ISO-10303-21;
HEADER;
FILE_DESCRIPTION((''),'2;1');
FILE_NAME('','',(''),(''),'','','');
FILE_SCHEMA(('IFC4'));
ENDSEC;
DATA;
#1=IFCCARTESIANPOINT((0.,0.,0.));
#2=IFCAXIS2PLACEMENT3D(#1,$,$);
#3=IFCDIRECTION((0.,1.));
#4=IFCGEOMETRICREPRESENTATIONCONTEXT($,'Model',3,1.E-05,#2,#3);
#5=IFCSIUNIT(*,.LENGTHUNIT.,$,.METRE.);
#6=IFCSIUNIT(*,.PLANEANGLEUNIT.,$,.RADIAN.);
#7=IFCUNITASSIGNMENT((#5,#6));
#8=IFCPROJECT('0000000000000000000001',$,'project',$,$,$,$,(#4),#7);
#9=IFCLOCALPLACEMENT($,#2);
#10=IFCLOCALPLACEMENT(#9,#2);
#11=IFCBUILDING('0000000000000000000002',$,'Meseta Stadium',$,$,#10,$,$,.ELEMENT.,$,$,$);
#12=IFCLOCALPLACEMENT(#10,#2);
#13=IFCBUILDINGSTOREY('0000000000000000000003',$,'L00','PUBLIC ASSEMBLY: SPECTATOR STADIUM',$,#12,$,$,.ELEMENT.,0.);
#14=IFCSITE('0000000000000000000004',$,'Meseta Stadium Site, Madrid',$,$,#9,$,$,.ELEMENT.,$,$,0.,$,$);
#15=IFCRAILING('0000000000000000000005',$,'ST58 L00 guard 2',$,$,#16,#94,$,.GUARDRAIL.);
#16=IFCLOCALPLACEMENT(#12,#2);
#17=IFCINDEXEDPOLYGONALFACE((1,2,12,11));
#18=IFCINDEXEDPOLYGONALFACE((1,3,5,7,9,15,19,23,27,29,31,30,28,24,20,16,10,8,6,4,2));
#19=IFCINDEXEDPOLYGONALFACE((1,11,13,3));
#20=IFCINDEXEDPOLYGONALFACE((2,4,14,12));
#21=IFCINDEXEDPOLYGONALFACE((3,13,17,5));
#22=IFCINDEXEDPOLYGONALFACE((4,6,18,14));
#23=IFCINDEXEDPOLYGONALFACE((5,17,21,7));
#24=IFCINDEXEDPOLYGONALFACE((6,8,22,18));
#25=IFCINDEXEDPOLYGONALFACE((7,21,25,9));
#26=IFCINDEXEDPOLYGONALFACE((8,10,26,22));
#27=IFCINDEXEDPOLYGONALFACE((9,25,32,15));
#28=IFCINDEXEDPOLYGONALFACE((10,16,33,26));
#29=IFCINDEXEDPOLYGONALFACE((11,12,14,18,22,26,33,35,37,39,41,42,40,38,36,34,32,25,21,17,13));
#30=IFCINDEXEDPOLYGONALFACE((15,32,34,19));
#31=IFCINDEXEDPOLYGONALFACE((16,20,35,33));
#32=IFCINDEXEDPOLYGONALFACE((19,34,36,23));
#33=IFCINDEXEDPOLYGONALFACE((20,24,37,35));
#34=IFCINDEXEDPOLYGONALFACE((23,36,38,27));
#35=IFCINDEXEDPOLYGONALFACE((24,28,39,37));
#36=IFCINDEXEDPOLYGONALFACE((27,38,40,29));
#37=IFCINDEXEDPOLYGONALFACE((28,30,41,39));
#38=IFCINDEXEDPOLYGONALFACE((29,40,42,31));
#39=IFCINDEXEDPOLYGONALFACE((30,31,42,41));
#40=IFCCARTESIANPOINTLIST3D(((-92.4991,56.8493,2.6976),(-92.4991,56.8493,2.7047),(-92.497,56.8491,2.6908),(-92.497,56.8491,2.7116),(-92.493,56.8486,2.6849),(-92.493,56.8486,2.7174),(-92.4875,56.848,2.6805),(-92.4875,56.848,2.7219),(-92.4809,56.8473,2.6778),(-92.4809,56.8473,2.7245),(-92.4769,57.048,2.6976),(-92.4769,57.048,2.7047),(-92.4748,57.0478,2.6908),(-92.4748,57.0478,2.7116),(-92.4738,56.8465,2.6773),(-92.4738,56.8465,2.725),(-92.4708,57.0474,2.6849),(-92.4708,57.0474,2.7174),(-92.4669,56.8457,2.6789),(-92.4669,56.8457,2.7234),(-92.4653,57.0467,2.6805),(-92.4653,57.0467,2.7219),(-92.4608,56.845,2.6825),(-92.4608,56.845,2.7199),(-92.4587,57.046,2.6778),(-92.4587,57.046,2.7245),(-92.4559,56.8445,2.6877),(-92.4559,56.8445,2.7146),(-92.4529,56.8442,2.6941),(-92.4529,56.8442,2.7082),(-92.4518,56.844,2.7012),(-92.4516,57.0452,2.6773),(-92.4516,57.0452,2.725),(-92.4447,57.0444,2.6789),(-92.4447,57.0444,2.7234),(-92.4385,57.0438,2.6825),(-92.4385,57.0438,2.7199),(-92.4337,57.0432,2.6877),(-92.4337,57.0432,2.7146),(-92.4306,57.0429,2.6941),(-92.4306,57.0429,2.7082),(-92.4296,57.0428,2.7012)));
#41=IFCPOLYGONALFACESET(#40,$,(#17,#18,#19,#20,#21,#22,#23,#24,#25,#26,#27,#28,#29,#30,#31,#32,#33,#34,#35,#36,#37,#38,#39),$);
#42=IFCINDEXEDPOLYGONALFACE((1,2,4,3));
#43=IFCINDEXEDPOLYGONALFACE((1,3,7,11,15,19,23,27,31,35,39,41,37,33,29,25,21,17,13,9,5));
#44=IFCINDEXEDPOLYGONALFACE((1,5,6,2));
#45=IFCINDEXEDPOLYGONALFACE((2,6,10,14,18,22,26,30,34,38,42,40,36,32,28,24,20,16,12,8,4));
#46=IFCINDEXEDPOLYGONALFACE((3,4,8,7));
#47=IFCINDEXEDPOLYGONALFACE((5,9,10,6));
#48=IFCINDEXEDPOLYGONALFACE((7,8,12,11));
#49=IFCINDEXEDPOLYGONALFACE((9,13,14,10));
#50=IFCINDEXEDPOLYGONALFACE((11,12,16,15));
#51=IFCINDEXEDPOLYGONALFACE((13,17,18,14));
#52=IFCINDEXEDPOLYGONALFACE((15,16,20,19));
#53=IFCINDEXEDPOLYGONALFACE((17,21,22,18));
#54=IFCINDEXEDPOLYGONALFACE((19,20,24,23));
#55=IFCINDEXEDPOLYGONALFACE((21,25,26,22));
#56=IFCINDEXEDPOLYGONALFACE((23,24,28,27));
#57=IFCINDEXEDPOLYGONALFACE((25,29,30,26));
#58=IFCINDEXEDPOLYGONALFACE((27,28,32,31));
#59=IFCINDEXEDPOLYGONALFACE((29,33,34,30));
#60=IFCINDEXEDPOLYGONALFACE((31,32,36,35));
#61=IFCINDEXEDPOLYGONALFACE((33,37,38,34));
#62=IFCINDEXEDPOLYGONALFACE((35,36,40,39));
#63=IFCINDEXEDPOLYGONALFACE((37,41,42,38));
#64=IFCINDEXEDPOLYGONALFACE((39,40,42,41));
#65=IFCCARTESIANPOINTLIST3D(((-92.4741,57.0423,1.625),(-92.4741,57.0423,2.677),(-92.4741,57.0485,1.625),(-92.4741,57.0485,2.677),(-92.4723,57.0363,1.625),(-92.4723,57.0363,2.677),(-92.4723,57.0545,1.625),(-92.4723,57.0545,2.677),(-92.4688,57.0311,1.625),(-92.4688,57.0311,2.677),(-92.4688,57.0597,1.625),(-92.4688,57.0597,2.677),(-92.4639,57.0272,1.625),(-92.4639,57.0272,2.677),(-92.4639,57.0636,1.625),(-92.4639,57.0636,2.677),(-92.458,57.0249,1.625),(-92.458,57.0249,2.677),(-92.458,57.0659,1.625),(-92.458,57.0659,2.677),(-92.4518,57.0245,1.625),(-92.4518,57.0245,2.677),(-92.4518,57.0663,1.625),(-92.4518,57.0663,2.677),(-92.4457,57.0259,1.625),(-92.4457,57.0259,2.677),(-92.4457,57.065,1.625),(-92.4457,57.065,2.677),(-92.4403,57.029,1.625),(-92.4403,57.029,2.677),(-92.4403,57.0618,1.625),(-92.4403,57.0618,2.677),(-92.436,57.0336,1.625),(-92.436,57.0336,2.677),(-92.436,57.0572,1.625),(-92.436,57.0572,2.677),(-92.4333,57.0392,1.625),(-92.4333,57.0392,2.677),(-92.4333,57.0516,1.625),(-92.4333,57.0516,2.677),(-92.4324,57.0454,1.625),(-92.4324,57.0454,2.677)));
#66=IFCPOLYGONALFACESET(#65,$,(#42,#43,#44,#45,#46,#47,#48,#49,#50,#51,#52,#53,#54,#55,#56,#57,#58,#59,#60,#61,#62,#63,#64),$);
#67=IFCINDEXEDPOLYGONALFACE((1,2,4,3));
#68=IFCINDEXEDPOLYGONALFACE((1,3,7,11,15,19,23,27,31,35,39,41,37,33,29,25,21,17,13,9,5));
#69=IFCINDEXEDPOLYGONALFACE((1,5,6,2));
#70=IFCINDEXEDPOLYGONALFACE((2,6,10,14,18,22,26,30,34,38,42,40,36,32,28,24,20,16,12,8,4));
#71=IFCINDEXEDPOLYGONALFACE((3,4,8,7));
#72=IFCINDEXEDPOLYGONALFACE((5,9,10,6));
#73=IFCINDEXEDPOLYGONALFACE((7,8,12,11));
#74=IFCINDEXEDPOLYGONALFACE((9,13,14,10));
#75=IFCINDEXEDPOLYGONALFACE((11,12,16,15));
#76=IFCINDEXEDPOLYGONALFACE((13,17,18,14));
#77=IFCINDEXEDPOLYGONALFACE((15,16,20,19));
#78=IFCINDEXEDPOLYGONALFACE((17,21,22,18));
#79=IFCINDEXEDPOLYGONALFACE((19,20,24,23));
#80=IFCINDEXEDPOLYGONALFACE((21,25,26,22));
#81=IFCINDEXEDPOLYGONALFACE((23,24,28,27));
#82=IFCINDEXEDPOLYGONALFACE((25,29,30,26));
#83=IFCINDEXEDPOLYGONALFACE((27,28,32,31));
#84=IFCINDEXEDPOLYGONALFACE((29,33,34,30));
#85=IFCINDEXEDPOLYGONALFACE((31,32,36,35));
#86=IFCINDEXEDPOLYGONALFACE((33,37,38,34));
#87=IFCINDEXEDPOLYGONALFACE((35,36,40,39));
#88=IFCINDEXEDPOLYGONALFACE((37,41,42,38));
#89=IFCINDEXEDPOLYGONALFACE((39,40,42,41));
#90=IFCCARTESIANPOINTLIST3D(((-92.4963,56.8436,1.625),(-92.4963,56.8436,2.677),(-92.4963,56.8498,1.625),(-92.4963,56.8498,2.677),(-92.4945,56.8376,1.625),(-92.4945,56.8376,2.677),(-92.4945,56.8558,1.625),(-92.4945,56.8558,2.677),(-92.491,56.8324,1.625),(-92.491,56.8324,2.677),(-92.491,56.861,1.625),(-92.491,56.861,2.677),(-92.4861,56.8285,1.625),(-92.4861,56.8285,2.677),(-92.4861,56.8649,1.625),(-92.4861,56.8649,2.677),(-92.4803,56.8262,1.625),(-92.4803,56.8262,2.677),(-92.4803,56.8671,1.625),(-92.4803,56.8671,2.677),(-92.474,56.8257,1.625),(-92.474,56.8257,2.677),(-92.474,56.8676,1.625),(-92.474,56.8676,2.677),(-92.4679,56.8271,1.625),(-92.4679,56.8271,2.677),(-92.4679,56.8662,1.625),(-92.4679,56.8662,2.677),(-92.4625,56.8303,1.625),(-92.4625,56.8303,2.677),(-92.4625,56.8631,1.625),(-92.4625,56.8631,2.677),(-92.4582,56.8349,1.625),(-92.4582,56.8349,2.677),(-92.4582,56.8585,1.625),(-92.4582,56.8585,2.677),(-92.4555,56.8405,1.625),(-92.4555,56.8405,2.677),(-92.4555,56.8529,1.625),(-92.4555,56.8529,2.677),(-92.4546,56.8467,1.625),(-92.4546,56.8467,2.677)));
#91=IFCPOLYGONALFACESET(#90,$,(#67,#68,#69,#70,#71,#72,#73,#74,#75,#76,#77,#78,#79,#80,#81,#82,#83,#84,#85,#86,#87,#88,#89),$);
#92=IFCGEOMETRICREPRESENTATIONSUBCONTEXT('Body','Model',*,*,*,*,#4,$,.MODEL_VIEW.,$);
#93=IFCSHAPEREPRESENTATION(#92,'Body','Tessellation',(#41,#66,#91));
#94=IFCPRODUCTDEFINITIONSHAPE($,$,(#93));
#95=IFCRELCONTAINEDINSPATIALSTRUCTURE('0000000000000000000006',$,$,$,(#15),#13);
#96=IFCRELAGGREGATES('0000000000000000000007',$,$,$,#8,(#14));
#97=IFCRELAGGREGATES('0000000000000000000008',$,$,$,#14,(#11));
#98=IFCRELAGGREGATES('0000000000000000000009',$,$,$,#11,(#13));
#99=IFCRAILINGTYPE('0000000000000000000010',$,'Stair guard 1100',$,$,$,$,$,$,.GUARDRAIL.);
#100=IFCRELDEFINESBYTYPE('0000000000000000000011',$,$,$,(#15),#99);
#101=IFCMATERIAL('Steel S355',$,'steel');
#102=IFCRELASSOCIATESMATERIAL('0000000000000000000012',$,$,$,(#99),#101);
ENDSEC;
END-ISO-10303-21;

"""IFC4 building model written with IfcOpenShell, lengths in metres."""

from ifc_helpers import new_model, si_unit, direction, frame, origin, origin_2d, place, context, subcontext, project, spatial, circle, extrude, material, type_object, element, save


model = new_model("IFC4")

# Units and contexts
model_context = context("Model", 3, precision=1e-05, world=origin(), true_north=direction((0.0, 1.0)))
body_context = subcontext(model_context, "Body", "Model", "MODEL_VIEW")
ifc_project = project(units=[si_unit("LENGTHUNIT", "METRE"), si_unit("PLANEANGLEUNIT", "RADIAN")], contexts=[model_context])

# Site, building, storey
site_placement = place(None, origin())
site = spatial("IfcSite", under=ifc_project, at=site_placement, Name="Meseta Stadium Site, Madrid", CompositionType="ELEMENT", RefElevation=0.0)
building_placement = place(site_placement, origin())
building = spatial("IfcBuilding", under=site, at=building_placement, Name="Meseta Stadium", CompositionType="ELEMENT")
storey_placement = place(building_placement, origin())
storey = spatial("IfcBuildingStorey", under=building, at=storey_placement, Name="L00", Description="PUBLIC ASSEMBLY: SPECTATOR STADIUM", CompositionType="ELEMENT", Elevation=0.0)

# Railing
ifc_material_1 = material(Name="Steel S355", Category="steel")
railing_type_1 = type_object("IfcRailingType", Name="Stair guard 1100", PredefinedType="GUARDRAIL", material=ifc_material_1)
railing_1_placement = place(storey_placement, frame((-92.4534, 57.0454, 1.625)))
element("IfcRailing", 1, at=railing_1_placement, inside=storey, type_object=railing_type_1, Name="ST58 L00 guard 2", PredefinedType="GUARDRAIL", context=body_context, shape_type="SweptSolid", body=[
    extrude(circle(Radius=0.0239, at=origin_2d()), frame((0.0, 0.0, 1.0762), z_axis=(-0.111102, -0.993809, 0.0), x_axis=(0.993809, -0.111102, 0.0)), (0.0, 0.0, 1.0), 0.2),
    extrude(circle(Radius=0.021, at=origin_2d()), origin(), (0.0, 0.0, 1.0), 1.052),
    extrude(circle(Radius=0.021, at=origin_2d()), frame((-0.0222, -0.1987, 0.0)), (0.0, 0.0, 1.0), 1.052),
])

save(model, "model.ifc")
